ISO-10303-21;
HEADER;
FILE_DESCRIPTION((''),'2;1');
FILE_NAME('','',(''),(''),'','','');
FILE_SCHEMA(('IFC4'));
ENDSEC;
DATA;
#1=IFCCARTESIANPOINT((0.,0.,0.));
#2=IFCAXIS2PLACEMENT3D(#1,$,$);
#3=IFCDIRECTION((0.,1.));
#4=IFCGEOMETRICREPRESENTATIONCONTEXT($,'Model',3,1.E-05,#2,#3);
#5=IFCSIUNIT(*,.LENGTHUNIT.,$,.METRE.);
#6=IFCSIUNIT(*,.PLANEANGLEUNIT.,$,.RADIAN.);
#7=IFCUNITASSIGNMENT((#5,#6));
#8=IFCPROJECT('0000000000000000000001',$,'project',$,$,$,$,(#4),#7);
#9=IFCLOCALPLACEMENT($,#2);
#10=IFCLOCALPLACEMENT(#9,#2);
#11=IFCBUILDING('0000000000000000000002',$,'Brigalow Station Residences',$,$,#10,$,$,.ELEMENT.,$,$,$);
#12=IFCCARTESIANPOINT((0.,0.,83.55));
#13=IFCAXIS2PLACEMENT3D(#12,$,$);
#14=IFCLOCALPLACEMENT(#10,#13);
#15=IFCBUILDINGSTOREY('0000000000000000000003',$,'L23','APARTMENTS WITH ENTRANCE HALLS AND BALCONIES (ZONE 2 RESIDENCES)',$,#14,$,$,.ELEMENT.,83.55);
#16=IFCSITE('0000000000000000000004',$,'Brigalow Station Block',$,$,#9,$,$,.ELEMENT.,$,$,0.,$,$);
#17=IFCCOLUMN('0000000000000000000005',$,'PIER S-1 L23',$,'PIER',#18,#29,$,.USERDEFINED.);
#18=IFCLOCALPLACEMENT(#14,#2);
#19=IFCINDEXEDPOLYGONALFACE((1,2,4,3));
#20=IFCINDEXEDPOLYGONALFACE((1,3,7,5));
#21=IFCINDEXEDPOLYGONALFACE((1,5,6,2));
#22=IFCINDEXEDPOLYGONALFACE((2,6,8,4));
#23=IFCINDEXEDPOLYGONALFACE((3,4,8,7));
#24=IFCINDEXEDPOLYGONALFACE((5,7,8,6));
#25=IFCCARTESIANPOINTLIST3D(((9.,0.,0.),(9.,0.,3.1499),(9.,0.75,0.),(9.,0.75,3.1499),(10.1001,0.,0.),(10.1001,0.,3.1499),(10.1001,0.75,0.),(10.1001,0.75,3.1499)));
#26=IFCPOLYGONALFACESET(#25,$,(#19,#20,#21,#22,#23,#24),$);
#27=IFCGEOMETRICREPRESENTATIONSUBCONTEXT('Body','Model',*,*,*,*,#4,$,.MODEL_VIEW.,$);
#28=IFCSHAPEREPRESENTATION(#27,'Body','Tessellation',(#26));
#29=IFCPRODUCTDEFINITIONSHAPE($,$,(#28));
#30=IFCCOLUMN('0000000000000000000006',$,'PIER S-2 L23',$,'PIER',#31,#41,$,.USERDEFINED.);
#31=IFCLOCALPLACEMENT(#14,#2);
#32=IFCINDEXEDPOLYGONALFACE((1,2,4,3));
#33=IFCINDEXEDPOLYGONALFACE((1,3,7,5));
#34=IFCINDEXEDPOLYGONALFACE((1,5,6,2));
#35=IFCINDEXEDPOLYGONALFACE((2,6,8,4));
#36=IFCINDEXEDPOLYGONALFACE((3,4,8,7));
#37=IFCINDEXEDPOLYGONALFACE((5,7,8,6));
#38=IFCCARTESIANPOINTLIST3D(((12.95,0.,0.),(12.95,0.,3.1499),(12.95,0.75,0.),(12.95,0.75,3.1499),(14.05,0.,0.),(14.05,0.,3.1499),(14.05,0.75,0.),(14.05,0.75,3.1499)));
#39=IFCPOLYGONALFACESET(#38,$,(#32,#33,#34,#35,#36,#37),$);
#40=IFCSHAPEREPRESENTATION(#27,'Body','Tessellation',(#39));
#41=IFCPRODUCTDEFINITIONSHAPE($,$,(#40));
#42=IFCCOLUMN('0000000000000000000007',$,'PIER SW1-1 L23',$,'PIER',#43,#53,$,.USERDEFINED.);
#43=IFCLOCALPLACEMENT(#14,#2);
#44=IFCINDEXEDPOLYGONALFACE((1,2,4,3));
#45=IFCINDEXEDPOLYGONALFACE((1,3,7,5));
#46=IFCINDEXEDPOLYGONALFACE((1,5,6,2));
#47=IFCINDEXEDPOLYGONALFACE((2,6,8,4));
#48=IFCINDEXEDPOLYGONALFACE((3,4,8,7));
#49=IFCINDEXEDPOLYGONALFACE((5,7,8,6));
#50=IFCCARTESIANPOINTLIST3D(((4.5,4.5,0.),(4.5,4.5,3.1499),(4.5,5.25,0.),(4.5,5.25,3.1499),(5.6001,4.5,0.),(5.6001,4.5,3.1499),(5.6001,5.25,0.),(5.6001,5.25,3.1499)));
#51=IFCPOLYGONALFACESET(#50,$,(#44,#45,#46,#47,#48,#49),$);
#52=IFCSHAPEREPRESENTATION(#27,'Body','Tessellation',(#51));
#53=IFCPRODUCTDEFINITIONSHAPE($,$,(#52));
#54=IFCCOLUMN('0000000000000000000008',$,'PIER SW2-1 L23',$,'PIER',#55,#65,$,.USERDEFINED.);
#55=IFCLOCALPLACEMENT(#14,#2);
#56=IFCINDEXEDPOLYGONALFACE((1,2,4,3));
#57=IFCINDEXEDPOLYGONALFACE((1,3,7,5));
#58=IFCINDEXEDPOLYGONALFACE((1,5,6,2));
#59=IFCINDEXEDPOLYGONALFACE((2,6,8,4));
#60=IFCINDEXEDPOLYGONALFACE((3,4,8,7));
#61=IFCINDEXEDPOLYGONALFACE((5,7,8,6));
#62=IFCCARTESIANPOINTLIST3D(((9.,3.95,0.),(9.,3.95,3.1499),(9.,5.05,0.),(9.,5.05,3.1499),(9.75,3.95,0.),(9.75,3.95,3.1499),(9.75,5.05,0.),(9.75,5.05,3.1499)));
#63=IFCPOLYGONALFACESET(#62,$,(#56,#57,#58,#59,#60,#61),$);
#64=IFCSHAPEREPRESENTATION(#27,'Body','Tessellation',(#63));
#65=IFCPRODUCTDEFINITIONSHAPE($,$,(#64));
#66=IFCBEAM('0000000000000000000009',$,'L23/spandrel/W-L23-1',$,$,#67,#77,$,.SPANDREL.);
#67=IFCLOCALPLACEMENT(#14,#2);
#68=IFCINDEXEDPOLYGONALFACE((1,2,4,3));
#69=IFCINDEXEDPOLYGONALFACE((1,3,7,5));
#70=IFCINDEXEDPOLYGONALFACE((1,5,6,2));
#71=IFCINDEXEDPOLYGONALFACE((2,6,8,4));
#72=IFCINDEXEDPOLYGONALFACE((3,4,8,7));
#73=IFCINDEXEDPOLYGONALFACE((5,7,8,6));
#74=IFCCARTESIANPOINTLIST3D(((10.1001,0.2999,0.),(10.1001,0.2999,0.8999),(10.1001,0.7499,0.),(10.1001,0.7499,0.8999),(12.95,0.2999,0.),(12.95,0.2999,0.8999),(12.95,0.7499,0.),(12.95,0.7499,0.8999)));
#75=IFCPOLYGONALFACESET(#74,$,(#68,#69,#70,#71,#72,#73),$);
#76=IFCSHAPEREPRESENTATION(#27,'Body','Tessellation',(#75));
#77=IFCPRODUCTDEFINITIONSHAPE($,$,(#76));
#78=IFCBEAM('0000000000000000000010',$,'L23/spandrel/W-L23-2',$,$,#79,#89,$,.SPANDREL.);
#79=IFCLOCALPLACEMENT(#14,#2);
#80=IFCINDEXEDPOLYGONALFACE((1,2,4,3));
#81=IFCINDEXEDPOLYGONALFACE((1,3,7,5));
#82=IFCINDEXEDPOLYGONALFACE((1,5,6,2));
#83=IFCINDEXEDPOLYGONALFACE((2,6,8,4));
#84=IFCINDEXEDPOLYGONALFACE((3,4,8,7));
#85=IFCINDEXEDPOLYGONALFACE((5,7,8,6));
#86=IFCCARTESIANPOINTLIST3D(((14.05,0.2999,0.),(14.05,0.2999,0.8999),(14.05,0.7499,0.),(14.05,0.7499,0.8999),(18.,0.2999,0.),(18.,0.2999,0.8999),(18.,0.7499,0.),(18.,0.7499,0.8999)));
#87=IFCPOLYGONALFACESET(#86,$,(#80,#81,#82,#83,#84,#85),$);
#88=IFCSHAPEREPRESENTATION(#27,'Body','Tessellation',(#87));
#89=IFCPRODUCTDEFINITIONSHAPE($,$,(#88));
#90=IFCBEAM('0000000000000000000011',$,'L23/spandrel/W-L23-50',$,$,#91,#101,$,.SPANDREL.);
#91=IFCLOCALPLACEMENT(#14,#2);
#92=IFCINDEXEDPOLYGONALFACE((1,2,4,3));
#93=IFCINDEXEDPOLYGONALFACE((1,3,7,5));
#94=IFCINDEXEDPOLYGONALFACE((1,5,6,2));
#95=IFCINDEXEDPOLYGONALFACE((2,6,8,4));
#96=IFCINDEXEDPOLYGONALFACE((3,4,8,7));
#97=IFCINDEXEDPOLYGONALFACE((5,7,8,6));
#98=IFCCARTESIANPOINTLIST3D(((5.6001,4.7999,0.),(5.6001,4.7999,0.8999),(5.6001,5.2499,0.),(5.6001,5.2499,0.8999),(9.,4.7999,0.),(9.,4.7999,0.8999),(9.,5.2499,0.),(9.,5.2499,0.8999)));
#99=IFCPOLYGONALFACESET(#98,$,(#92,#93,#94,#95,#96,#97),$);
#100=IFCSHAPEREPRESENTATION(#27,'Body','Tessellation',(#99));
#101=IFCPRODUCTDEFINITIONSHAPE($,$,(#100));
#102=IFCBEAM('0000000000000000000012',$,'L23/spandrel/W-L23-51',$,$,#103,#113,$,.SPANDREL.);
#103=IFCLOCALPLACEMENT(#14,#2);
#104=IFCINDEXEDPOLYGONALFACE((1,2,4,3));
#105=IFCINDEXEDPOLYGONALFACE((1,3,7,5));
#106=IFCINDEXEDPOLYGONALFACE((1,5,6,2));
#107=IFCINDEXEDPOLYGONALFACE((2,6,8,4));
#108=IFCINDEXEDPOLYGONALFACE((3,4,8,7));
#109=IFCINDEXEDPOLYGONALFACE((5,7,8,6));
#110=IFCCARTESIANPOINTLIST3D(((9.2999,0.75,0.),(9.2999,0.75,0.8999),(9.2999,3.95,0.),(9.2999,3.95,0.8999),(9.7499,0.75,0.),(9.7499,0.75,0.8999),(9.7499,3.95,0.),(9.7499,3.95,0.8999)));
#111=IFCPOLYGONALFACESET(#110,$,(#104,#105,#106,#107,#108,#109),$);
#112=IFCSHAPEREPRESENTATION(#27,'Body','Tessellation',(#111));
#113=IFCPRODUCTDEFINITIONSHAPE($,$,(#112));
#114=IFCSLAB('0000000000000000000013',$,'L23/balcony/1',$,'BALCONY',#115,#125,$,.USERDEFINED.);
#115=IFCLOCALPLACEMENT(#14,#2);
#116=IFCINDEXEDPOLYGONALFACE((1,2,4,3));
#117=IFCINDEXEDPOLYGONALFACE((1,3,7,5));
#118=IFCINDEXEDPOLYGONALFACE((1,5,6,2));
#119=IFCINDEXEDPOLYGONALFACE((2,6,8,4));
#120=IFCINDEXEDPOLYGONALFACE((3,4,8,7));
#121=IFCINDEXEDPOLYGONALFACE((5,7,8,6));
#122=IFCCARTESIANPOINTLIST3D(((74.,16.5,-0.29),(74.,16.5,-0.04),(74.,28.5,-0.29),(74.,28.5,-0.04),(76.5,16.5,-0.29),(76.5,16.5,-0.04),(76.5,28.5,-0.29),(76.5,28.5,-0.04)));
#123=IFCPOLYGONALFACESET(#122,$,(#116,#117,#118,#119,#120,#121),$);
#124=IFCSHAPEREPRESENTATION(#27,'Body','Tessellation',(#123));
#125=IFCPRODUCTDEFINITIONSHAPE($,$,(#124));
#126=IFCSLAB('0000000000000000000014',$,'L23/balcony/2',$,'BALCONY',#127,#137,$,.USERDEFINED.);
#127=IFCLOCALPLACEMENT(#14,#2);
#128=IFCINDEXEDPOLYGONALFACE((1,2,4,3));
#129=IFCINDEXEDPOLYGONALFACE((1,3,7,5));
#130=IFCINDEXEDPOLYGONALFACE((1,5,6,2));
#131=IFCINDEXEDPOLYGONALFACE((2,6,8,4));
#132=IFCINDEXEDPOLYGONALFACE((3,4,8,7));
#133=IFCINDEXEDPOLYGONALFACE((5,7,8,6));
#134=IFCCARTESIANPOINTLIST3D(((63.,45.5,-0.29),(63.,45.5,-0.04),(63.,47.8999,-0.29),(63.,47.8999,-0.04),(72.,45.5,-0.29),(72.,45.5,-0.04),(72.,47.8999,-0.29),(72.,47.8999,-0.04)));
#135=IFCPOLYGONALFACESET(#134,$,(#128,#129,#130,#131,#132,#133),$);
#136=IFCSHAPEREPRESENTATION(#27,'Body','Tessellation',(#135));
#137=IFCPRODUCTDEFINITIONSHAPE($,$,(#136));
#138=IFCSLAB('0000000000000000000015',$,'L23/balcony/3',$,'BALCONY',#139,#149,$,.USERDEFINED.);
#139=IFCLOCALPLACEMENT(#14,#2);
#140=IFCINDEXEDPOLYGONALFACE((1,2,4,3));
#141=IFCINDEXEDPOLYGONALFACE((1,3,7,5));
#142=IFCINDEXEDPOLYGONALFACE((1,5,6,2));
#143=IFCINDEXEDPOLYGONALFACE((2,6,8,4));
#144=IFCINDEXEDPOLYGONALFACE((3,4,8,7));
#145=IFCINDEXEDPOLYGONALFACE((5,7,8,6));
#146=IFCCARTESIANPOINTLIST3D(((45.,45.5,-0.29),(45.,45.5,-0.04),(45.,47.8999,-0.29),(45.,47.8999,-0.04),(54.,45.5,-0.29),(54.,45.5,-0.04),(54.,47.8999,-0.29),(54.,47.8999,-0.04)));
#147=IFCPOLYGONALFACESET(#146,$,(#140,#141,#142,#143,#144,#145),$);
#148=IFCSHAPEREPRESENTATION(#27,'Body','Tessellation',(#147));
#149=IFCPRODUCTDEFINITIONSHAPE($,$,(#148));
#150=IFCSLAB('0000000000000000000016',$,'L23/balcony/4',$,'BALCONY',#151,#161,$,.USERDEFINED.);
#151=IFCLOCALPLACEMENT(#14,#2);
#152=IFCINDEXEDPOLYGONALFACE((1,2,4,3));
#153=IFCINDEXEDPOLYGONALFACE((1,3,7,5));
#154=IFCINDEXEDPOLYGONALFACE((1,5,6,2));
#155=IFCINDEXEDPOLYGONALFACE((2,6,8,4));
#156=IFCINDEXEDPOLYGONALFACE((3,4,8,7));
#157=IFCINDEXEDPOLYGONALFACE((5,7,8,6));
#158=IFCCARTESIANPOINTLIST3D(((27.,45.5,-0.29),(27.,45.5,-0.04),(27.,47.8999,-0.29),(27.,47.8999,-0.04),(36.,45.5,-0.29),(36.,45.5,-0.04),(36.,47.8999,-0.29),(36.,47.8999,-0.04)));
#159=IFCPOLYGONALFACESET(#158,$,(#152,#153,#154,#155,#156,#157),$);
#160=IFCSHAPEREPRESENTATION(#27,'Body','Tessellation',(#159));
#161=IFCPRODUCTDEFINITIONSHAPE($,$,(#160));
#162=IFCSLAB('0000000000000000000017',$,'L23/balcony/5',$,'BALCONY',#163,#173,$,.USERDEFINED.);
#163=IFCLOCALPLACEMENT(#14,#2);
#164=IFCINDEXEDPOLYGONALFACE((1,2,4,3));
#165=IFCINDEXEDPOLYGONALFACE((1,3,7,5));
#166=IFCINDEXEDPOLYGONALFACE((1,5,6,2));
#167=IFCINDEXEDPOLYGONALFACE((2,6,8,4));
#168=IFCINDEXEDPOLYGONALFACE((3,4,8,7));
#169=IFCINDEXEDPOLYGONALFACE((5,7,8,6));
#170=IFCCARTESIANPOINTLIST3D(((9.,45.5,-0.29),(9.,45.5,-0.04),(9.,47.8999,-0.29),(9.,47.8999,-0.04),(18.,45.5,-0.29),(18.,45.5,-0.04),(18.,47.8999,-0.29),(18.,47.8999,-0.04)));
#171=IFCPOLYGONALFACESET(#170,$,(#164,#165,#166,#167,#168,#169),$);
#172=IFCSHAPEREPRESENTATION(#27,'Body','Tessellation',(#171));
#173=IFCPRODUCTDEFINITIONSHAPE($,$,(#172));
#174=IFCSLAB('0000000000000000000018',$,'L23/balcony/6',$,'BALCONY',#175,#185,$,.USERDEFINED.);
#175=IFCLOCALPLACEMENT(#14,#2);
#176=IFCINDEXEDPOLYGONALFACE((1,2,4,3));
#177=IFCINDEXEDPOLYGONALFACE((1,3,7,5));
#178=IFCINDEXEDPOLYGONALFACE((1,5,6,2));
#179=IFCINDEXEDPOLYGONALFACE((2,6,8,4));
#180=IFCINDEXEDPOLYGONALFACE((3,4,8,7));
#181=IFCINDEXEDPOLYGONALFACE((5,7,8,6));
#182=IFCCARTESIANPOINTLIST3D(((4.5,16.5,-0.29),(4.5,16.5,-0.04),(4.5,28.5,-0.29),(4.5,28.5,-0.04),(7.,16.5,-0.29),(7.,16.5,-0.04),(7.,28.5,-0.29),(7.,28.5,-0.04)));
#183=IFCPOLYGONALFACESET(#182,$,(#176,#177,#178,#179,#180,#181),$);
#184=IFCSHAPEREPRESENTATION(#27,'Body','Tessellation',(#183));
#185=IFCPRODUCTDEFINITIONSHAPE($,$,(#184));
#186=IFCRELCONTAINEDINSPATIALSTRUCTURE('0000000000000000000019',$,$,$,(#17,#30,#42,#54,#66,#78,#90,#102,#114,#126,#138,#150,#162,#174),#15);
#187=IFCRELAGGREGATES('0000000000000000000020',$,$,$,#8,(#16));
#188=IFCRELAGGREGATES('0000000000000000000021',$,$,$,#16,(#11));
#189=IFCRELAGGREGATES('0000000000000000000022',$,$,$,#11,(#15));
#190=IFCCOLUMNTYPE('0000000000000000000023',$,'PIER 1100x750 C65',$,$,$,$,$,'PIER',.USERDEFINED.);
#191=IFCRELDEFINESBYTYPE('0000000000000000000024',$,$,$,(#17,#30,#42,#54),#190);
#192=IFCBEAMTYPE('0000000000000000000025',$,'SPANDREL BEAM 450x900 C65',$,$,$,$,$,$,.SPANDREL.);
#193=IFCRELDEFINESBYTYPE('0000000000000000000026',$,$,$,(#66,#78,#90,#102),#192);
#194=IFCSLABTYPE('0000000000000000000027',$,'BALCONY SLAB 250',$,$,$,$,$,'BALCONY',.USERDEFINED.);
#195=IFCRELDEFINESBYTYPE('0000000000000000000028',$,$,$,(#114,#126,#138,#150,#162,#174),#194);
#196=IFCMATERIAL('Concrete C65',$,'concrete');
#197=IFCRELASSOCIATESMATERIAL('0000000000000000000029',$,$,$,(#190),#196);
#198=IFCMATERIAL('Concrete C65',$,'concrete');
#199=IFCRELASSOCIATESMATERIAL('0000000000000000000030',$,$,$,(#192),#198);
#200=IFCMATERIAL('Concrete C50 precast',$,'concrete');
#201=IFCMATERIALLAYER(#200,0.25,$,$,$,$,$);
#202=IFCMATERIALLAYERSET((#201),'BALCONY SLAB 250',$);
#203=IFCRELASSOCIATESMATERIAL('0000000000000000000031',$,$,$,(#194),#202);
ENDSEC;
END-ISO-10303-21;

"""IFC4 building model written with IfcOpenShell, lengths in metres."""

from ifc_helpers import new_model, si_unit, direction, frame, origin, origin_2d, place, context, subcontext, project, spatial, polyline, rectangle, outline, extrude, material, layer, layer_set, material_profile, profile_set, type_object, element, save


model = new_model("IFC4")

# Units and contexts
model_context = context("Model", 3, precision=1e-05, world=origin(), true_north=direction((0.0, 1.0)))
body_context = subcontext(model_context, "Body", "Model", "MODEL_VIEW")
ifc_project = project(units=[si_unit("LENGTHUNIT", "METRE"), si_unit("PLANEANGLEUNIT", "RADIAN")], contexts=[model_context])

# Site, building, storey
site_placement = place(None, origin())
site = spatial("IfcSite", under=ifc_project, at=site_placement, Name="Brigalow Station Block", CompositionType="ELEMENT", RefElevation=0.0)
building_placement = place(site_placement, origin())
building = spatial("IfcBuilding", under=site, at=building_placement, Name="Brigalow Station Residences", CompositionType="ELEMENT")
storey_placement = place(building_placement, frame((0.0, 0.0, 83.55)))
storey = spatial("IfcBuildingStorey", under=building, at=storey_placement, Name="L23", Description="APARTMENTS WITH ENTRANCE HALLS AND BALCONIES (ZONE 2 RESIDENCES)", CompositionType="ELEMENT", Elevation=83.55)

# Columns
ifc_material_1 = material(Name="Concrete C65", Category="concrete")
ifc_material_profile_1 = material_profile(ifc_material_1, rectangle(XDim=1.1001, YDim=0.75, at=origin_2d()), Name="RC1100x750")
ifc_profile_set_1 = profile_set([ifc_material_profile_1], Name="Concrete C65")
column_type = type_object("IfcColumnType", Name="PIER 1100x750 C65", ElementType="PIER", PredefinedType="USERDEFINED", material=ifc_profile_set_1)
for number, where, z_axis, x_axis, name in (
    (1, (9.55, 0.375, 0.0), (0.0, 0.0, 1.0), (1.0, 0.0, 0.0), "PIER S-1 L23"),
    (2, (13.5, 0.375, 0.0), (0.0, 0.0, 1.0), (1.0, 0.0, 0.0), "PIER S-2 L23"),
    (3, (5.05, 4.875, 0.0), (0.0, 0.0, 1.0), (1.0, 0.0, 0.0), "PIER SW1-1 L23"),
    (4, (9.375, 4.5, 0.0), (0.0, 0.0, 1.0), (0.0, -1.0, 0.0), "PIER SW2-1 L23"),
):
    element("IfcColumn", number, at=place(storey_placement, frame(where, z_axis=z_axis, x_axis=x_axis)), inside=storey, type_object=column_type, Name=name, ObjectType="PIER", PredefinedType="USERDEFINED", context=body_context, shape_type="SweptSolid", body=[
        extrude(rectangle(XDim=1.1001, YDim=0.75, at=origin_2d()), origin(), (0.0, 0.0, 1.0), 3.1499),
    ])

# Beams
ifc_material_2 = material(Name="Concrete C65", Category="concrete")
ifc_material_profile_2 = material_profile(ifc_material_2, rectangle(XDim=0.45, YDim=0.8999, at=origin_2d()), Name="RC450x900")
ifc_profile_set_2 = profile_set([ifc_material_profile_2], Name="Concrete C65")
beam_type = type_object("IfcBeamType", Name="SPANDREL BEAM 450x900 C65", PredefinedType="SPANDREL", material=ifc_profile_set_2)
beam_1_placement = place(storey_placement, frame((10.1001, 0.5249, 0.45), z_axis=(1.0, 0.0, 0.0), x_axis=(0.0, 1.0, 0.0)))
element("IfcBeam", 5, at=beam_1_placement, inside=storey, type_object=beam_type, Name="L23/spandrel/W-L23-1", PredefinedType="SPANDREL", context=body_context, shape_type="SweptSolid", body=[
    extrude(rectangle(XDim=0.45, YDim=0.8999, at=origin_2d()), origin(), (0.0, 0.0, 1.0), 2.8499),
])
beam_2_placement = place(storey_placement, frame((14.05, 0.5249, 0.45), z_axis=(1.0, 0.0, 0.0), x_axis=(0.0, 1.0, 0.0)))
element("IfcBeam", 6, at=beam_2_placement, inside=storey, type_object=beam_type, Name="L23/spandrel/W-L23-2", PredefinedType="SPANDREL", context=body_context, shape_type="SweptSolid", body=[
    extrude(rectangle(XDim=0.45, YDim=0.8999, at=origin_2d()), origin(), (0.0, 0.0, 1.0), 3.95),
])
beam_3_placement = place(storey_placement, frame((5.6001, 5.0249, 0.45), z_axis=(1.0, 0.0, 0.0), x_axis=(0.0, 1.0, 0.0)))
element("IfcBeam", 7, at=beam_3_placement, inside=storey, type_object=beam_type, Name="L23/spandrel/W-L23-50", PredefinedType="SPANDREL", context=body_context, shape_type="SweptSolid", body=[
    extrude(rectangle(XDim=0.45, YDim=0.8999, at=origin_2d()), origin(), (0.0, 0.0, 1.0), 3.3999),
])
beam_4_placement = place(storey_placement, frame((9.5249, 3.95, 0.45), z_axis=(0.0, -1.0, 0.0), x_axis=(1.0, 0.0, 0.0)))
element("IfcBeam", 8, at=beam_4_placement, inside=storey, type_object=beam_type, Name="L23/spandrel/W-L23-51", PredefinedType="SPANDREL", context=body_context, shape_type="SweptSolid", body=[
    extrude(rectangle(XDim=0.45, YDim=0.8999, at=origin_2d()), origin(), (0.0, 0.0, 1.0), 3.2),
])

# Slabs
ifc_material_3 = material(Name="Concrete C50 precast", Category="concrete")
ifc_layer_1 = layer(ifc_material_3, 0.25)
ifc_layer_set_1 = layer_set([ifc_layer_1], Name="BALCONY SLAB 250")
slab_type_1 = type_object("IfcSlabType", Name="BALCONY SLAB 250", ElementType="BALCONY", PredefinedType="USERDEFINED", material=ifc_layer_set_1)
slab_1_placement = place(storey_placement, frame((0.0, 0.0, -0.29)))
element("IfcSlab", 9, at=slab_1_placement, inside=storey, type_object=slab_type_1, Name="L23/balcony/1", ObjectType="BALCONY", PredefinedType="USERDEFINED", context=body_context, shape_type="SweptSolid", body=[
    extrude(outline(polyline([(74.0, 16.5), (76.5, 16.5), (76.5, 28.5), (74.0, 28.5), (74.0, 16.5)])), origin(), (0.0, 0.0, 1.0), 0.25),
])
slab_2_placement = place(storey_placement, frame((0.0, 0.0, -0.29)))
element("IfcSlab", 10, at=slab_2_placement, inside=storey, type_object=slab_type_1, Name="L23/balcony/2", ObjectType="BALCONY", PredefinedType="USERDEFINED", context=body_context, shape_type="SweptSolid", body=[
    extrude(outline(polyline([(72.0, 45.5), (72.0, 47.8999), (63.0, 47.8999), (63.0, 45.5), (72.0, 45.5)])), origin(), (0.0, 0.0, 1.0), 0.25),
])
slab_3_placement = place(storey_placement, frame((0.0, 0.0, -0.29)))
element("IfcSlab", 11, at=slab_3_placement, inside=storey, type_object=slab_type_1, Name="L23/balcony/3", ObjectType="BALCONY", PredefinedType="USERDEFINED", context=body_context, shape_type="SweptSolid", body=[
    extrude(outline(polyline([(54.0, 45.5), (54.0, 47.8999), (45.0, 47.8999), (45.0, 45.5), (54.0, 45.5)])), origin(), (0.0, 0.0, 1.0), 0.25),
])
slab_4_placement = place(storey_placement, frame((0.0, 0.0, -0.29)))
element("IfcSlab", 12, at=slab_4_placement, inside=storey, type_object=slab_type_1, Name="L23/balcony/4", ObjectType="BALCONY", PredefinedType="USERDEFINED", context=body_context, shape_type="SweptSolid", body=[
    extrude(outline(polyline([(36.0, 45.5), (36.0, 47.8999), (27.0, 47.8999), (27.0, 45.5), (36.0, 45.5)])), origin(), (0.0, 0.0, 1.0), 0.25),
])
slab_5_placement = place(storey_placement, frame((0.0, 0.0, -0.29)))
element("IfcSlab", 13, at=slab_5_placement, inside=storey, type_object=slab_type_1, Name="L23/balcony/5", ObjectType="BALCONY", PredefinedType="USERDEFINED", context=body_context, shape_type="SweptSolid", body=[
    extrude(outline(polyline([(18.0, 45.5), (18.0, 47.8999), (9.0, 47.8999), (9.0, 45.5), (18.0, 45.5)])), origin(), (0.0, 0.0, 1.0), 0.25),
])
slab_6_placement = place(storey_placement, frame((0.0, 0.0, -0.29)))
element("IfcSlab", 14, at=slab_6_placement, inside=storey, type_object=slab_type_1, Name="L23/balcony/6", ObjectType="BALCONY", PredefinedType="USERDEFINED", context=body_context, shape_type="SweptSolid", body=[
    extrude(outline(polyline([(7.0, 28.5), (4.5, 28.5), (4.5, 16.5), (7.0, 16.5), (7.0, 28.5)])), origin(), (0.0, 0.0, 1.0), 0.25),
])

save(model, "model.ifc")
